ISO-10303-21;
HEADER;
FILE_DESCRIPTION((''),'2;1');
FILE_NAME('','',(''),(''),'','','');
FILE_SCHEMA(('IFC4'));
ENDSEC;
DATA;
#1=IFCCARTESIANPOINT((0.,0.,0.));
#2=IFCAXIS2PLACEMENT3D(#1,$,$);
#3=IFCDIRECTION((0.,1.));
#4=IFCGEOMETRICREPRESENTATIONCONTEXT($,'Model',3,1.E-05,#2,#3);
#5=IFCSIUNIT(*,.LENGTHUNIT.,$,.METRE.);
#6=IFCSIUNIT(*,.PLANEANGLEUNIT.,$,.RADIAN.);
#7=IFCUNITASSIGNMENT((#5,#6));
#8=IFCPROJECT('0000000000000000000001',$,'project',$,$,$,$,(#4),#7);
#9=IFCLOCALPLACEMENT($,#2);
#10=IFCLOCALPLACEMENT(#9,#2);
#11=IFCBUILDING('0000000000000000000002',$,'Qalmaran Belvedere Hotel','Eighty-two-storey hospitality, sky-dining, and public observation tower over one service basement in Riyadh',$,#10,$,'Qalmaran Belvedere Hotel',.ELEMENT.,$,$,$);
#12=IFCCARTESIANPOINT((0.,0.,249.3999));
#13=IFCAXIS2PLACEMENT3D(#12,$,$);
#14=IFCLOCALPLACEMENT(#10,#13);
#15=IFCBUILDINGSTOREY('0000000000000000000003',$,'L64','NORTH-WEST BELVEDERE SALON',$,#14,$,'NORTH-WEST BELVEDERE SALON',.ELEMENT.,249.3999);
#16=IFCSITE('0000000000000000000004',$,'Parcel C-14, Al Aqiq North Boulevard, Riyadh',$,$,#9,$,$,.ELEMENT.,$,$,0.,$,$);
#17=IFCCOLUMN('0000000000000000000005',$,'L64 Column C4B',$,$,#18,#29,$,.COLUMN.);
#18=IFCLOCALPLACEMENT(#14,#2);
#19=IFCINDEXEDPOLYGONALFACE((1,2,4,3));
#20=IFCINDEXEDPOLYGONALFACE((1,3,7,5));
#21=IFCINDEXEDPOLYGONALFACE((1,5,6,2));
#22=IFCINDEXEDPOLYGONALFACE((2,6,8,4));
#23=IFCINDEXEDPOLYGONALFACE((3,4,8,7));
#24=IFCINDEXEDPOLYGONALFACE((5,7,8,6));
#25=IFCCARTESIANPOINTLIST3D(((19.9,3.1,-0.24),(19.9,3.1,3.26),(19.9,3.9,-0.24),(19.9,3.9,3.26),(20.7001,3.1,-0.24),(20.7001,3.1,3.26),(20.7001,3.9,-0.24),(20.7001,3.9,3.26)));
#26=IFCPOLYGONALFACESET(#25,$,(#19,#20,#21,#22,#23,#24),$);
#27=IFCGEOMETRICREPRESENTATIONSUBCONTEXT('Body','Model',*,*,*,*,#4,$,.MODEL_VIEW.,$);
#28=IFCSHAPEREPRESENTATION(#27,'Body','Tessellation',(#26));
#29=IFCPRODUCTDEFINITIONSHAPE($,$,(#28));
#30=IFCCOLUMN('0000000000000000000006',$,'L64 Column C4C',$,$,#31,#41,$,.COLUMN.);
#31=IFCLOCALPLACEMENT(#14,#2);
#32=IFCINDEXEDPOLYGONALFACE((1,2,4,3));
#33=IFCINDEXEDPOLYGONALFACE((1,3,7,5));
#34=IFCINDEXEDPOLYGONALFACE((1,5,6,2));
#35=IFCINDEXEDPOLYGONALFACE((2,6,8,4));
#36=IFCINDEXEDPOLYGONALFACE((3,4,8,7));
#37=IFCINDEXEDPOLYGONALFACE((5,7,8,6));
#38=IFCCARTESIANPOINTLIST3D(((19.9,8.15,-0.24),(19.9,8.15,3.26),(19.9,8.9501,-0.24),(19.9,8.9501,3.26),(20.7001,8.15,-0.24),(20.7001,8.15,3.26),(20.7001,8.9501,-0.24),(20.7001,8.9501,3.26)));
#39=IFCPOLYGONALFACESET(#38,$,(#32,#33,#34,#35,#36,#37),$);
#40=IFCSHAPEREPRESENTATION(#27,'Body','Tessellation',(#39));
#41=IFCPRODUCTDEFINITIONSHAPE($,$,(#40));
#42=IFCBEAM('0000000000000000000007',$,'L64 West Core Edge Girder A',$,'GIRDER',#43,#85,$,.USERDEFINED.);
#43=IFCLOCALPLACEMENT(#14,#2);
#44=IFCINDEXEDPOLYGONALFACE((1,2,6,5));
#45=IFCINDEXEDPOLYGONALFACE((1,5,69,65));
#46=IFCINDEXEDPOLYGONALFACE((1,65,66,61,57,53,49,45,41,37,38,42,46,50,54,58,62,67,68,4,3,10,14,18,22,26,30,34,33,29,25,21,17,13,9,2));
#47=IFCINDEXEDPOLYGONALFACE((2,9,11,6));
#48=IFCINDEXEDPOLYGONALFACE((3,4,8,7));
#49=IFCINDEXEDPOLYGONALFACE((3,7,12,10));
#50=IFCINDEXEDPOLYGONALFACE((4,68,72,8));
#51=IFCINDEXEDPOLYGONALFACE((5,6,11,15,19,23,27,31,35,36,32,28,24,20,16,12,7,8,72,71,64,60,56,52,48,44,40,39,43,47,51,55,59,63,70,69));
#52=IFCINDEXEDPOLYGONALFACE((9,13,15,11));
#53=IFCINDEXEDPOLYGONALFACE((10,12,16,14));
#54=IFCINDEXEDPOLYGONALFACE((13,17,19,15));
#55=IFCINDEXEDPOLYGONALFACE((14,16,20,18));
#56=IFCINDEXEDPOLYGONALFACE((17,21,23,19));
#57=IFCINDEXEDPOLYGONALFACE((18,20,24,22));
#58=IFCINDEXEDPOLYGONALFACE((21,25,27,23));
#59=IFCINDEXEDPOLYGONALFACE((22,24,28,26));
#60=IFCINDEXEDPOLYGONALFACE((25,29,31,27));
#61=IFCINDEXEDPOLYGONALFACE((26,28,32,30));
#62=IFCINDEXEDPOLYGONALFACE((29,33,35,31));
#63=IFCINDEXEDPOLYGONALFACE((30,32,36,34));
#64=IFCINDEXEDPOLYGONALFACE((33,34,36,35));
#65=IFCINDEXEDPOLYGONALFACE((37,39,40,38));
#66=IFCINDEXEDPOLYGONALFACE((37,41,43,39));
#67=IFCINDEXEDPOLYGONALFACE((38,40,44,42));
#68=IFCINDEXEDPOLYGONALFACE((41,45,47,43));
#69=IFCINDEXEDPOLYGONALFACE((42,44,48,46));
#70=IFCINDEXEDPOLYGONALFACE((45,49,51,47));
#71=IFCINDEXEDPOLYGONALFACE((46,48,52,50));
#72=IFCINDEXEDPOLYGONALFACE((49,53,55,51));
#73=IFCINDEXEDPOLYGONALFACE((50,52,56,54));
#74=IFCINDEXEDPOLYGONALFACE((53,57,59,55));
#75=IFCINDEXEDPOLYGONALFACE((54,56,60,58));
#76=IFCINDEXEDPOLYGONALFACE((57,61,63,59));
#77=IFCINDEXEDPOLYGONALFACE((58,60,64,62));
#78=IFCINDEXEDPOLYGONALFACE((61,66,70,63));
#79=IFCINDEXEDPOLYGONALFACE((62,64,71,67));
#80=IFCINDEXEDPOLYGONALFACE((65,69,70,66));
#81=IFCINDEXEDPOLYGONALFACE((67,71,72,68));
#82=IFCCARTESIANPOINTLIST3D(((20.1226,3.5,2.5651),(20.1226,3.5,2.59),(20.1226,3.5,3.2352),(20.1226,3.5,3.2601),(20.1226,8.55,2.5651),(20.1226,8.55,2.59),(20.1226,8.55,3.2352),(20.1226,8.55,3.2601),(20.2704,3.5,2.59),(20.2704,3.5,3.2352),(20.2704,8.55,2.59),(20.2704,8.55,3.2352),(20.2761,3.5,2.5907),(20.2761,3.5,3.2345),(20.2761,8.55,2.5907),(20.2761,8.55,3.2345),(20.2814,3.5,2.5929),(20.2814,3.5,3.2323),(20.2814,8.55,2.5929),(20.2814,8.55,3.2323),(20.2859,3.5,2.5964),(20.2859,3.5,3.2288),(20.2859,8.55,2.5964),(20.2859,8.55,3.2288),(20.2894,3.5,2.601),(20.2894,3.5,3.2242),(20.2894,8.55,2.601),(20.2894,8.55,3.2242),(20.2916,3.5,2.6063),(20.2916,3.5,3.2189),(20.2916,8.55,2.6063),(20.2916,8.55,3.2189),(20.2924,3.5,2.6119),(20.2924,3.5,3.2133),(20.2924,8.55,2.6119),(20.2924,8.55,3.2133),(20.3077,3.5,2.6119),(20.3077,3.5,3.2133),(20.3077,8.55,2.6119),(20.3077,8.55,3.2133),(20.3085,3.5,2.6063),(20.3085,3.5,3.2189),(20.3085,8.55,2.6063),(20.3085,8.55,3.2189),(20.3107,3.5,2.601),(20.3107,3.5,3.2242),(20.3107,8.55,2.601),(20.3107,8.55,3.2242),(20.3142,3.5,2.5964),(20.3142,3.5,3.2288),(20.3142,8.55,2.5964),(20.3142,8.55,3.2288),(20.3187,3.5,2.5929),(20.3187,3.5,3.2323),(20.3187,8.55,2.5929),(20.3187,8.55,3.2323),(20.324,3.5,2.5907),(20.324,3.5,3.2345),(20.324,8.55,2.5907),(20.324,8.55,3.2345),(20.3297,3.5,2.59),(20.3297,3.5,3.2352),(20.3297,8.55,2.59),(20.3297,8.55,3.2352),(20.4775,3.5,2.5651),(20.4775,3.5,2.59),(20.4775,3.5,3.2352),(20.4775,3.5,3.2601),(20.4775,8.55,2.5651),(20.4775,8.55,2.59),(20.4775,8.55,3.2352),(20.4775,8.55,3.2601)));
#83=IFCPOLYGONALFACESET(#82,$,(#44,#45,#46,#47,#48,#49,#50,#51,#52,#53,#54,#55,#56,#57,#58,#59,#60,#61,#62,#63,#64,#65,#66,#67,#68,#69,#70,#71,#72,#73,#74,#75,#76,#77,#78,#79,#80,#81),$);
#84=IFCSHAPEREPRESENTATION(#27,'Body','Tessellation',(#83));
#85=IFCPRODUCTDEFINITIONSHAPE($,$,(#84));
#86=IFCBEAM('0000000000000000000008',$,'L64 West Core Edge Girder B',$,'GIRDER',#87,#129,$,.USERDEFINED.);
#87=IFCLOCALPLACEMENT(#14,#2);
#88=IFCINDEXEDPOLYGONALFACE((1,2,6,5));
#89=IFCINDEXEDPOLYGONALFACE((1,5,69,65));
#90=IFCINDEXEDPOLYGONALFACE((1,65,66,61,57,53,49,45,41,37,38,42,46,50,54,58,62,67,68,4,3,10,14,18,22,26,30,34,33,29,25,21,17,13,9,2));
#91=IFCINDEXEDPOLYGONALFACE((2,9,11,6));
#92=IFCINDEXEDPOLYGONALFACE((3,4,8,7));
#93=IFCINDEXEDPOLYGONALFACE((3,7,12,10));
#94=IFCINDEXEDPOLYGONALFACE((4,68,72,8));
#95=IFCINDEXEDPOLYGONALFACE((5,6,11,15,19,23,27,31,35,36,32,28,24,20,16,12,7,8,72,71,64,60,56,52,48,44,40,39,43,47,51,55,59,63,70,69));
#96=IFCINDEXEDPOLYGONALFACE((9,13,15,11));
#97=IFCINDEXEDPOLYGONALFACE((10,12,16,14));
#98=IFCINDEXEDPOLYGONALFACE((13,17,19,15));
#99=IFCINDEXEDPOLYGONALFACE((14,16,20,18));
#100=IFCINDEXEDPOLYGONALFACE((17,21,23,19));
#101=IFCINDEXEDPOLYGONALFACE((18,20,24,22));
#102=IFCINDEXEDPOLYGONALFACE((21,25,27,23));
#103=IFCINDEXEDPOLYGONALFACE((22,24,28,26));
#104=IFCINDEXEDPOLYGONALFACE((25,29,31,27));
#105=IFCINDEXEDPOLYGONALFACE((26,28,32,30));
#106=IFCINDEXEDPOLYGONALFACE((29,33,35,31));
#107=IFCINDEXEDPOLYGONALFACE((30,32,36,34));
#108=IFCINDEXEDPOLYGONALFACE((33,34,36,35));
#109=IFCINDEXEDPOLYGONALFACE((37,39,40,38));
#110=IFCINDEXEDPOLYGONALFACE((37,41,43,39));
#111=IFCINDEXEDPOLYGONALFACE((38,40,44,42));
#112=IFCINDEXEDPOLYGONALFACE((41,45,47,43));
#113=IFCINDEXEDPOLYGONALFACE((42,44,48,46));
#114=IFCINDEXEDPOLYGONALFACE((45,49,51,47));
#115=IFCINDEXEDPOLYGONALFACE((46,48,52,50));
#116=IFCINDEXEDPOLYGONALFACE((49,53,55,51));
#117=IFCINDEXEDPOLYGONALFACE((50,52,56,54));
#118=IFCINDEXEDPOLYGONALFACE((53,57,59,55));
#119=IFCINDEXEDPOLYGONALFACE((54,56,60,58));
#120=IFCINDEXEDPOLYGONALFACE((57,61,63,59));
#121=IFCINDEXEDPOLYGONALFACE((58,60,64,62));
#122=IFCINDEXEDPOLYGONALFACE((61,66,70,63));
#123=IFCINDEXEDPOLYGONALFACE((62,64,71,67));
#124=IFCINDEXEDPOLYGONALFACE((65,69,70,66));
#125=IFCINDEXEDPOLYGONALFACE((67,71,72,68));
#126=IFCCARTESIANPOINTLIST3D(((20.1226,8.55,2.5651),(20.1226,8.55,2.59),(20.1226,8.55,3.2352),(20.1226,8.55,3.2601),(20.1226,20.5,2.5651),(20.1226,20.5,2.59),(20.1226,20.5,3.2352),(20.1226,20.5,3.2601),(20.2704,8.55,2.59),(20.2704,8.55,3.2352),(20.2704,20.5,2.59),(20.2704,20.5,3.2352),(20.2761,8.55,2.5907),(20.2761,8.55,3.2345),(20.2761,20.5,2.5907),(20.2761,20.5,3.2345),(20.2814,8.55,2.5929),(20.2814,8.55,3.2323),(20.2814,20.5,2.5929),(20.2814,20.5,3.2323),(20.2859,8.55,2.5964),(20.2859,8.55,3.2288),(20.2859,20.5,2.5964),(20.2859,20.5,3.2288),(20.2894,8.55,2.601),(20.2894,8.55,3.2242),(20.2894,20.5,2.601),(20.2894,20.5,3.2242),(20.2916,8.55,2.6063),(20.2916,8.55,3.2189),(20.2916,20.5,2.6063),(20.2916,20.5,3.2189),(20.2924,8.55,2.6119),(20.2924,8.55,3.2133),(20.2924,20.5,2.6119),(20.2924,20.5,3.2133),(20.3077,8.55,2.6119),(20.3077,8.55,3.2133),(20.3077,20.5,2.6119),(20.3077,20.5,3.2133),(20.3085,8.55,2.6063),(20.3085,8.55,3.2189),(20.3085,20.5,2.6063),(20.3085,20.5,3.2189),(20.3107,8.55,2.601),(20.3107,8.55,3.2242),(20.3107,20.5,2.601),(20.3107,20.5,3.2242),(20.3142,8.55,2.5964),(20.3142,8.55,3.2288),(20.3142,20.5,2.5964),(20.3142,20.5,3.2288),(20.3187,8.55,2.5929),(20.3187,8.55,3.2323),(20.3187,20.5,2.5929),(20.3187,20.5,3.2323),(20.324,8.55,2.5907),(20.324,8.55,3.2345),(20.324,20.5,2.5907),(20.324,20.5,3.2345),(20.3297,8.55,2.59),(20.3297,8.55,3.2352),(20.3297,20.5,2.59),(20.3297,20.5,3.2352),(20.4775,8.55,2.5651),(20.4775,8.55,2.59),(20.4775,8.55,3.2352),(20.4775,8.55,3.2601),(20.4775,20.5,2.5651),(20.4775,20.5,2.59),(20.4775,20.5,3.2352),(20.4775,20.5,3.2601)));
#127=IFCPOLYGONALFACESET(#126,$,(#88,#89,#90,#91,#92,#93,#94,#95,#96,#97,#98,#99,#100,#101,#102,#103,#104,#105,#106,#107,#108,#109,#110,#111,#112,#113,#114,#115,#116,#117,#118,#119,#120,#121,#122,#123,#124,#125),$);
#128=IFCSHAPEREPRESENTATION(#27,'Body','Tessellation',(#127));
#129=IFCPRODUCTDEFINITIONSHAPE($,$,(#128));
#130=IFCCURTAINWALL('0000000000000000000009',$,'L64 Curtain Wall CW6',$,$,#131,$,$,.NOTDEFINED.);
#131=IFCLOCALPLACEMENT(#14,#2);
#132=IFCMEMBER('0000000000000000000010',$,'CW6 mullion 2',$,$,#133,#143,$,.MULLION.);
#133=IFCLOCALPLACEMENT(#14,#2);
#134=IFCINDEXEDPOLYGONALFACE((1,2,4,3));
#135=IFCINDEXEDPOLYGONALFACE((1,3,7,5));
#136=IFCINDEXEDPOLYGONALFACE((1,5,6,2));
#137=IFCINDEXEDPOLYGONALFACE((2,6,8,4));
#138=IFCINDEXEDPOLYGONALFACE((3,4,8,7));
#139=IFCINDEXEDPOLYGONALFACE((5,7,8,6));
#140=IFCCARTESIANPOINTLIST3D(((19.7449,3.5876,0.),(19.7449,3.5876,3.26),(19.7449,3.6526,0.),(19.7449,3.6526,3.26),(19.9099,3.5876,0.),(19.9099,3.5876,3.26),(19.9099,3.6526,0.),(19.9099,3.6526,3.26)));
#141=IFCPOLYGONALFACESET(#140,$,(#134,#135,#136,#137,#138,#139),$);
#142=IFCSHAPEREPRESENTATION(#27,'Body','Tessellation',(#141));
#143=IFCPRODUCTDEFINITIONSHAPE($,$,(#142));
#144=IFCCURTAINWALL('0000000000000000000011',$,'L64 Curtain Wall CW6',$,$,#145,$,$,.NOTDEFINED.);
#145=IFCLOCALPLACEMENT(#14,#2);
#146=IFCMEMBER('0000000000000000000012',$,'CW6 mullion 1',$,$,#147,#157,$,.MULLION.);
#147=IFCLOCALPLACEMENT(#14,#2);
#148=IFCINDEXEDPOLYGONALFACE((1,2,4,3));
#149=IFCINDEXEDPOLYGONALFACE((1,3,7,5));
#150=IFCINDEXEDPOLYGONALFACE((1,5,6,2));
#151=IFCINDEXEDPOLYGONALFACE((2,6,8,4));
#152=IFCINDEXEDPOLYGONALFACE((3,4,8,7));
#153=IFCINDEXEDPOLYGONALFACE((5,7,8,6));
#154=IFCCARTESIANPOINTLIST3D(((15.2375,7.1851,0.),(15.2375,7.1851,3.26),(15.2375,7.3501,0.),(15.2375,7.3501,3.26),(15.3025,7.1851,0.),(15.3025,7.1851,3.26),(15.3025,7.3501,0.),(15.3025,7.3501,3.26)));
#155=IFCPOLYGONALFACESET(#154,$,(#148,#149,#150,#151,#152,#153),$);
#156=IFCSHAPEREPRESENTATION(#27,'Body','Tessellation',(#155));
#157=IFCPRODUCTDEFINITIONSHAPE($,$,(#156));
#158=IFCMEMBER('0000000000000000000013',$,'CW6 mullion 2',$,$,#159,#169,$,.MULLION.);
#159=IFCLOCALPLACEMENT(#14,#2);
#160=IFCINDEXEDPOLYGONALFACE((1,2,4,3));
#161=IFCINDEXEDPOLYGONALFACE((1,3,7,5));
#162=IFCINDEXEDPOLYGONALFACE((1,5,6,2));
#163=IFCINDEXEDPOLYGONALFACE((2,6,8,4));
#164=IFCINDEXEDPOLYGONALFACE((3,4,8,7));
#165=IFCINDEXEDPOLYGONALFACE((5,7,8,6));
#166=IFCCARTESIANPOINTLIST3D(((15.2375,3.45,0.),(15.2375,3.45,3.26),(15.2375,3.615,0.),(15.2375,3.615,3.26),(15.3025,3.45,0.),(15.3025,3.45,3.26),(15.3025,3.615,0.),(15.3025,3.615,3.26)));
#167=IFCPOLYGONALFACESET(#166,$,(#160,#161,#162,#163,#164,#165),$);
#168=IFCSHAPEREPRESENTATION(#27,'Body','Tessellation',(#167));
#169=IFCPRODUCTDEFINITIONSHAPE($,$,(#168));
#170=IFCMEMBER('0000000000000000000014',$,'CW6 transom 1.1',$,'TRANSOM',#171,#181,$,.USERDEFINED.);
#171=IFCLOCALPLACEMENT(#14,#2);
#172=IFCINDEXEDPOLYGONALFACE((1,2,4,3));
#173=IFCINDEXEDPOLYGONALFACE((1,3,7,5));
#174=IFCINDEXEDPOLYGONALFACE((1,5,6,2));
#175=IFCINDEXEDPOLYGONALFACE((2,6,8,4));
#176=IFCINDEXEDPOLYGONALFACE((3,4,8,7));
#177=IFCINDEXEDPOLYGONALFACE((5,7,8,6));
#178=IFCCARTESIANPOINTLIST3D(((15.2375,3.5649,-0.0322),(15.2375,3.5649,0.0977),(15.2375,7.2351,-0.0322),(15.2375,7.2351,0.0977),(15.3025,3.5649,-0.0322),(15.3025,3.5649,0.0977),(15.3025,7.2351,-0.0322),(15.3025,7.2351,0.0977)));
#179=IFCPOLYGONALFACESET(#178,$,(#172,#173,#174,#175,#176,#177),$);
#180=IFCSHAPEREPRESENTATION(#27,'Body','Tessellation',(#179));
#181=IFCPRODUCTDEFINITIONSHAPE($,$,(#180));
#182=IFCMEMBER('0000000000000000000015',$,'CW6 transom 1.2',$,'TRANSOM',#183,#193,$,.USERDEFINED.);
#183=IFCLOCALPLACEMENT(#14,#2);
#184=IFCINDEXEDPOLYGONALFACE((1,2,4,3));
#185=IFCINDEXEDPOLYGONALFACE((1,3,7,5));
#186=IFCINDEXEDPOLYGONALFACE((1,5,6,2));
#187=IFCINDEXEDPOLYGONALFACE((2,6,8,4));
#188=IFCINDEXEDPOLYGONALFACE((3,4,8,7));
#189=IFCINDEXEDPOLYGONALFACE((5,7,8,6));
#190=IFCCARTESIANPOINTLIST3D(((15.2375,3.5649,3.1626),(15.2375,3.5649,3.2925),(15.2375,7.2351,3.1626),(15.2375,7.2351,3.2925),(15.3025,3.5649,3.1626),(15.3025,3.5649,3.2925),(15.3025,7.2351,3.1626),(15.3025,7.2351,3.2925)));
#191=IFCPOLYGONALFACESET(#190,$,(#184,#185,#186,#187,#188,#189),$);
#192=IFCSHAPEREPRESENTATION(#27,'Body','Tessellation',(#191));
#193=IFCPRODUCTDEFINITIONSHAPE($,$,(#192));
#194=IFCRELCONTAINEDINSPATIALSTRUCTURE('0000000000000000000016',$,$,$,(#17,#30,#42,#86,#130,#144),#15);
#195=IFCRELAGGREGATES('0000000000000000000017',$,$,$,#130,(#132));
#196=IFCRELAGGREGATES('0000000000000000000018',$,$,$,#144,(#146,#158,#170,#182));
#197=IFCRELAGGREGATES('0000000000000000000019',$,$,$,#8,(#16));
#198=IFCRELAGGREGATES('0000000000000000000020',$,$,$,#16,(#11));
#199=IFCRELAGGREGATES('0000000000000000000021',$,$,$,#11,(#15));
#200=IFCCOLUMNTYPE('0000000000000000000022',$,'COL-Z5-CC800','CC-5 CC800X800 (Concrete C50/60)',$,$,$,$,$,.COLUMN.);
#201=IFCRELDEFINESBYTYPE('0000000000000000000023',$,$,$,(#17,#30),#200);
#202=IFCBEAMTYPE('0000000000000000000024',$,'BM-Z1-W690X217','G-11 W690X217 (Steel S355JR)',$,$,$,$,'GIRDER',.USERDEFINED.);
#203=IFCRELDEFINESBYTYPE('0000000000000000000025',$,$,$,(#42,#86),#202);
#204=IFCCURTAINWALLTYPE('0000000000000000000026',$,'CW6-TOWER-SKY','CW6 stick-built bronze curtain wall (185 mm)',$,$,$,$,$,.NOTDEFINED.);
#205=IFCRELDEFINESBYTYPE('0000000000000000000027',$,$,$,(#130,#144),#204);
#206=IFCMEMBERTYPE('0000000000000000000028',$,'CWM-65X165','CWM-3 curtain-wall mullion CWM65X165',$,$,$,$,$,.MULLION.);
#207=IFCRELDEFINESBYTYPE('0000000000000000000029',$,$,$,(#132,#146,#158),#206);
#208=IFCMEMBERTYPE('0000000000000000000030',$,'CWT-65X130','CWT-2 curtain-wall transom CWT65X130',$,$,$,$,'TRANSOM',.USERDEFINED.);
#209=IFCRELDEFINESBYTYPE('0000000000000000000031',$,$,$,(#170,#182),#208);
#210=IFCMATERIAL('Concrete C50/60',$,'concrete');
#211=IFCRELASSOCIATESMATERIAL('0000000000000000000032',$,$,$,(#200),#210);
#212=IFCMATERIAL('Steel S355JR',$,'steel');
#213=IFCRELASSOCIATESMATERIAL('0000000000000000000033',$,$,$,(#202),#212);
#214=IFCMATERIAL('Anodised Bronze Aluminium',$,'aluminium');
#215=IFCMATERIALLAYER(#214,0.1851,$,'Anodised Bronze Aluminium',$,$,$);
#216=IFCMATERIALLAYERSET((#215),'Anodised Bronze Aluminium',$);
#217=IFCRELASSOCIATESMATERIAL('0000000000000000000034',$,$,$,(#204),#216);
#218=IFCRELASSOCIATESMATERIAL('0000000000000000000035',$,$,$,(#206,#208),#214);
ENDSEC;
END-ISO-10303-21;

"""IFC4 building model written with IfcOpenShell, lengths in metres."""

from ifc_helpers import new_model, si_unit, direction, frame, origin, origin_2d, place, context, subcontext, project, spatial, rectangle, i_section, extrude, material, layer, layer_set, material_profile, profile_set, type_object, element, aggregate, save


model = new_model("IFC4")

# Units and contexts
model_context = context("Model", 3, precision=1e-05, world=origin(), true_north=direction((0.0, 1.0)))
body_context = subcontext(model_context, "Body", "Model", "MODEL_VIEW")
ifc_project = project(units=[si_unit("LENGTHUNIT", "METRE"), si_unit("PLANEANGLEUNIT", "RADIAN")], contexts=[model_context])

# Site, building, storey
site_placement = place(None, origin())
site = spatial("IfcSite", under=ifc_project, at=site_placement, Name="Parcel C-14, Al Aqiq North Boulevard, Riyadh", CompositionType="ELEMENT", RefElevation=0.0)
building_placement = place(site_placement, origin())
building = spatial("IfcBuilding", under=site, at=building_placement, Name="Qalmaran Belvedere Hotel", Description="Eighty-two-storey hospitality, sky-dining, and public observation tower over one service basement in Riyadh", LongName="Qalmaran Belvedere Hotel", CompositionType="ELEMENT")
storey_placement = place(building_placement, frame((0.0, 0.0, 249.3999)))
storey = spatial("IfcBuildingStorey", under=building, at=storey_placement, Name="L64", Description="NORTH-WEST BELVEDERE SALON", LongName="NORTH-WEST BELVEDERE SALON", CompositionType="ELEMENT", Elevation=249.3999)

# Columns
ifc_material_1 = material(Name="Concrete C50/60", Category="concrete")
ifc_material_profile_1 = material_profile(ifc_material_1, rectangle(XDim=0.8, YDim=0.8, at=origin_2d()), Name="CC800X800")
ifc_profile_set_1 = profile_set([ifc_material_profile_1], Name="Concrete C50/60")
column_type = type_object("IfcColumnType", Name="COL-Z5-CC800", Description="CC-5 CC800X800 (Concrete C50/60)", PredefinedType="COLUMN", material=ifc_profile_set_1)
for number, where, z_axis, x_axis, name in (
    (1, (20.3, 3.5, -0.24), (0.0, 0.0, 1.0), (1.0, 0.0, 0.0), "L64 Column C4B"),
    (2, (20.3, 8.55, -0.24), (0.0, 0.0, 1.0), (1.0, 0.0, 0.0), "L64 Column C4C"),
):
    element("IfcColumn", number, at=place(storey_placement, frame(where, z_axis=z_axis, x_axis=x_axis)), inside=storey, type_object=column_type, Name=name, PredefinedType="COLUMN", context=body_context, shape_type="SweptSolid", body=[
        extrude(rectangle(XDim=0.8, YDim=0.8, at=origin_2d()), origin(), (0.0, 0.0, 1.0), 3.5),
    ])

# Beams
ifc_material_2 = material(Name="Steel S355JR", Category="steel")
ifc_material_profile_2 = material_profile(ifc_material_2, i_section(OverallWidth=0.355, OverallDepth=0.6951, WebThickness=0.0154, FlangeThickness=0.0249, FilletRadius=0.022, at=origin_2d()), Name="W690X217")
ifc_profile_set_2 = profile_set([ifc_material_profile_2], Name="Steel S355JR")
beam_type = type_object("IfcBeamType", Name="BM-Z1-W690X217", Description="G-11 W690X217 (Steel S355JR)", ElementType="GIRDER", PredefinedType="USERDEFINED", material=ifc_profile_set_2)
beam_1_placement = place(storey_placement, frame((20.3, 3.5, 2.9126), z_axis=(0.0, 1.0, 0.0), x_axis=(-1.0, 0.0, 0.0)))
element("IfcBeam", 3, at=beam_1_placement, inside=storey, type_object=beam_type, Name="L64 West Core Edge Girder A", ObjectType="GIRDER", PredefinedType="USERDEFINED", context=body_context, shape_type="SweptSolid", body=[
    extrude(i_section(OverallWidth=0.355, OverallDepth=0.6951, WebThickness=0.0154, FlangeThickness=0.0249, FilletRadius=0.022, at=origin_2d()), origin(), (0.0, 0.0, 1.0), 5.05),
])
beam_2_placement = place(storey_placement, frame((20.3, 8.55, 2.9126), z_axis=(0.0, 1.0, 0.0), x_axis=(-1.0, 0.0, 0.0)))
element("IfcBeam", 4, at=beam_2_placement, inside=storey, type_object=beam_type, Name="L64 West Core Edge Girder B", ObjectType="GIRDER", PredefinedType="USERDEFINED", context=body_context, shape_type="SweptSolid", body=[
    extrude(i_section(OverallWidth=0.355, OverallDepth=0.6951, WebThickness=0.0154, FlangeThickness=0.0249, FilletRadius=0.022, at=origin_2d()), origin(), (0.0, 0.0, 1.0), 11.95),
])

# Curtain wall, member
ifc_material_3 = material(Name="Anodised Bronze Aluminium", Category="aluminium")
ifc_layer_1 = layer(ifc_material_3, 0.1851, Name="Anodised Bronze Aluminium")
ifc_layer_set_1 = layer_set([ifc_layer_1], Name="Anodised Bronze Aluminium")
curtain_wall_type = type_object("IfcCurtainWallType", Name="CW6-TOWER-SKY", Description="CW6 stick-built bronze curtain wall (185 mm)", PredefinedType="NOTDEFINED", material=ifc_layer_set_1)
curtain_wall_1_placement = place(storey_placement, origin())
curtain_wall_1 = element("IfcCurtainWall", 5, at=curtain_wall_1_placement, inside=storey, type_object=curtain_wall_type, Name="L64 Curtain Wall CW6", PredefinedType="NOTDEFINED")
ifc_material_profile_3 = material_profile(ifc_material_3, rectangle(XDim=0.0649, YDim=0.165, at=origin_2d()), Name="CWM65X165")
ifc_profile_set_3 = profile_set([ifc_material_profile_3], Name="Anodised Bronze Aluminium")
member_type_1 = type_object("IfcMemberType", Name="CWM-65X165", Description="CWM-3 curtain-wall mullion CWM65X165", PredefinedType="MULLION", material=ifc_profile_set_3)
member_1_placement = place(storey_placement, frame((19.8274, 3.6201, 0.0), z_axis=(0.0, 0.0, 1.0), x_axis=(0.0, 1.0, 0.0)))
member_1 = element("IfcMember", 6, at=member_1_placement, type_object=member_type_1, Name="CW6 mullion 2", PredefinedType="MULLION", context=body_context, shape_type="SweptSolid", body=[
    extrude(rectangle(XDim=0.0649, YDim=0.165, at=origin_2d()), origin(), (0.0, 0.0, 1.0), 3.26),
])

# Curtain wall, members
curtain_wall_2_placement = place(storey_placement, origin())
curtain_wall_2 = element("IfcCurtainWall", 7, at=curtain_wall_2_placement, inside=storey, type_object=curtain_wall_type, Name="L64 Curtain Wall CW6", PredefinedType="NOTDEFINED")
member_2_placement = place(storey_placement, frame((15.27, 7.2676, 0.0), z_axis=(0.0, 0.0, 1.0), x_axis=(1.0, 0.0, 0.0)))
member_2 = element("IfcMember", 8, at=member_2_placement, type_object=member_type_1, Name="CW6 mullion 1", PredefinedType="MULLION", context=body_context, shape_type="SweptSolid", body=[
    extrude(rectangle(XDim=0.0649, YDim=0.165, at=origin_2d()), origin(), (0.0, 0.0, 1.0), 3.26),
])
member_3_placement = place(storey_placement, frame((15.27, 3.5325, 0.0), z_axis=(0.0, 0.0, 1.0), x_axis=(1.0, 0.0, 0.0)))
member_3 = element("IfcMember", 9, at=member_3_placement, type_object=member_type_1, Name="CW6 mullion 2", PredefinedType="MULLION", context=body_context, shape_type="SweptSolid", body=[
    extrude(rectangle(XDim=0.0649, YDim=0.165, at=origin_2d()), origin(), (0.0, 0.0, 1.0), 3.26),
])
ifc_material_profile_4 = material_profile(ifc_material_3, rectangle(XDim=0.0649, YDim=0.1299, at=origin_2d()), Name="CWT65X130")
ifc_profile_set_4 = profile_set([ifc_material_profile_4], Name="Anodised Bronze Aluminium")
member_type_2 = type_object("IfcMemberType", Name="CWT-65X130", Description="CWT-2 curtain-wall transom CWT65X130", ElementType="TRANSOM", PredefinedType="USERDEFINED", material=ifc_profile_set_4)
member_4_placement = place(storey_placement, frame((15.27, 7.2351, 0.0327), z_axis=(0.0, -1.0, 0.0), x_axis=(1.0, 0.0, 0.0)))
member_4 = element("IfcMember", 10, at=member_4_placement, type_object=member_type_2, Name="CW6 transom 1.1", ObjectType="TRANSOM", PredefinedType="USERDEFINED", context=body_context, shape_type="SweptSolid", body=[
    extrude(rectangle(XDim=0.0649, YDim=0.1299, at=origin_2d()), origin(), (0.0, 0.0, 1.0), 3.6702),
])
member_5_placement = place(storey_placement, frame((15.27, 7.2351, 3.2275), z_axis=(0.0, -1.0, 0.0), x_axis=(1.0, 0.0, 0.0)))
member_5 = element("IfcMember", 11, at=member_5_placement, type_object=member_type_2, Name="CW6 transom 1.2", ObjectType="TRANSOM", PredefinedType="USERDEFINED", context=body_context, shape_type="SweptSolid", body=[
    extrude(rectangle(XDim=0.0649, YDim=0.1299, at=origin_2d()), origin(), (0.0, 0.0, 1.0), 3.6702),
])

aggregate(curtain_wall_1, [member_1])
aggregate(curtain_wall_2, [member_2, member_3, member_4, member_5])

save(model, "model.ifc")
